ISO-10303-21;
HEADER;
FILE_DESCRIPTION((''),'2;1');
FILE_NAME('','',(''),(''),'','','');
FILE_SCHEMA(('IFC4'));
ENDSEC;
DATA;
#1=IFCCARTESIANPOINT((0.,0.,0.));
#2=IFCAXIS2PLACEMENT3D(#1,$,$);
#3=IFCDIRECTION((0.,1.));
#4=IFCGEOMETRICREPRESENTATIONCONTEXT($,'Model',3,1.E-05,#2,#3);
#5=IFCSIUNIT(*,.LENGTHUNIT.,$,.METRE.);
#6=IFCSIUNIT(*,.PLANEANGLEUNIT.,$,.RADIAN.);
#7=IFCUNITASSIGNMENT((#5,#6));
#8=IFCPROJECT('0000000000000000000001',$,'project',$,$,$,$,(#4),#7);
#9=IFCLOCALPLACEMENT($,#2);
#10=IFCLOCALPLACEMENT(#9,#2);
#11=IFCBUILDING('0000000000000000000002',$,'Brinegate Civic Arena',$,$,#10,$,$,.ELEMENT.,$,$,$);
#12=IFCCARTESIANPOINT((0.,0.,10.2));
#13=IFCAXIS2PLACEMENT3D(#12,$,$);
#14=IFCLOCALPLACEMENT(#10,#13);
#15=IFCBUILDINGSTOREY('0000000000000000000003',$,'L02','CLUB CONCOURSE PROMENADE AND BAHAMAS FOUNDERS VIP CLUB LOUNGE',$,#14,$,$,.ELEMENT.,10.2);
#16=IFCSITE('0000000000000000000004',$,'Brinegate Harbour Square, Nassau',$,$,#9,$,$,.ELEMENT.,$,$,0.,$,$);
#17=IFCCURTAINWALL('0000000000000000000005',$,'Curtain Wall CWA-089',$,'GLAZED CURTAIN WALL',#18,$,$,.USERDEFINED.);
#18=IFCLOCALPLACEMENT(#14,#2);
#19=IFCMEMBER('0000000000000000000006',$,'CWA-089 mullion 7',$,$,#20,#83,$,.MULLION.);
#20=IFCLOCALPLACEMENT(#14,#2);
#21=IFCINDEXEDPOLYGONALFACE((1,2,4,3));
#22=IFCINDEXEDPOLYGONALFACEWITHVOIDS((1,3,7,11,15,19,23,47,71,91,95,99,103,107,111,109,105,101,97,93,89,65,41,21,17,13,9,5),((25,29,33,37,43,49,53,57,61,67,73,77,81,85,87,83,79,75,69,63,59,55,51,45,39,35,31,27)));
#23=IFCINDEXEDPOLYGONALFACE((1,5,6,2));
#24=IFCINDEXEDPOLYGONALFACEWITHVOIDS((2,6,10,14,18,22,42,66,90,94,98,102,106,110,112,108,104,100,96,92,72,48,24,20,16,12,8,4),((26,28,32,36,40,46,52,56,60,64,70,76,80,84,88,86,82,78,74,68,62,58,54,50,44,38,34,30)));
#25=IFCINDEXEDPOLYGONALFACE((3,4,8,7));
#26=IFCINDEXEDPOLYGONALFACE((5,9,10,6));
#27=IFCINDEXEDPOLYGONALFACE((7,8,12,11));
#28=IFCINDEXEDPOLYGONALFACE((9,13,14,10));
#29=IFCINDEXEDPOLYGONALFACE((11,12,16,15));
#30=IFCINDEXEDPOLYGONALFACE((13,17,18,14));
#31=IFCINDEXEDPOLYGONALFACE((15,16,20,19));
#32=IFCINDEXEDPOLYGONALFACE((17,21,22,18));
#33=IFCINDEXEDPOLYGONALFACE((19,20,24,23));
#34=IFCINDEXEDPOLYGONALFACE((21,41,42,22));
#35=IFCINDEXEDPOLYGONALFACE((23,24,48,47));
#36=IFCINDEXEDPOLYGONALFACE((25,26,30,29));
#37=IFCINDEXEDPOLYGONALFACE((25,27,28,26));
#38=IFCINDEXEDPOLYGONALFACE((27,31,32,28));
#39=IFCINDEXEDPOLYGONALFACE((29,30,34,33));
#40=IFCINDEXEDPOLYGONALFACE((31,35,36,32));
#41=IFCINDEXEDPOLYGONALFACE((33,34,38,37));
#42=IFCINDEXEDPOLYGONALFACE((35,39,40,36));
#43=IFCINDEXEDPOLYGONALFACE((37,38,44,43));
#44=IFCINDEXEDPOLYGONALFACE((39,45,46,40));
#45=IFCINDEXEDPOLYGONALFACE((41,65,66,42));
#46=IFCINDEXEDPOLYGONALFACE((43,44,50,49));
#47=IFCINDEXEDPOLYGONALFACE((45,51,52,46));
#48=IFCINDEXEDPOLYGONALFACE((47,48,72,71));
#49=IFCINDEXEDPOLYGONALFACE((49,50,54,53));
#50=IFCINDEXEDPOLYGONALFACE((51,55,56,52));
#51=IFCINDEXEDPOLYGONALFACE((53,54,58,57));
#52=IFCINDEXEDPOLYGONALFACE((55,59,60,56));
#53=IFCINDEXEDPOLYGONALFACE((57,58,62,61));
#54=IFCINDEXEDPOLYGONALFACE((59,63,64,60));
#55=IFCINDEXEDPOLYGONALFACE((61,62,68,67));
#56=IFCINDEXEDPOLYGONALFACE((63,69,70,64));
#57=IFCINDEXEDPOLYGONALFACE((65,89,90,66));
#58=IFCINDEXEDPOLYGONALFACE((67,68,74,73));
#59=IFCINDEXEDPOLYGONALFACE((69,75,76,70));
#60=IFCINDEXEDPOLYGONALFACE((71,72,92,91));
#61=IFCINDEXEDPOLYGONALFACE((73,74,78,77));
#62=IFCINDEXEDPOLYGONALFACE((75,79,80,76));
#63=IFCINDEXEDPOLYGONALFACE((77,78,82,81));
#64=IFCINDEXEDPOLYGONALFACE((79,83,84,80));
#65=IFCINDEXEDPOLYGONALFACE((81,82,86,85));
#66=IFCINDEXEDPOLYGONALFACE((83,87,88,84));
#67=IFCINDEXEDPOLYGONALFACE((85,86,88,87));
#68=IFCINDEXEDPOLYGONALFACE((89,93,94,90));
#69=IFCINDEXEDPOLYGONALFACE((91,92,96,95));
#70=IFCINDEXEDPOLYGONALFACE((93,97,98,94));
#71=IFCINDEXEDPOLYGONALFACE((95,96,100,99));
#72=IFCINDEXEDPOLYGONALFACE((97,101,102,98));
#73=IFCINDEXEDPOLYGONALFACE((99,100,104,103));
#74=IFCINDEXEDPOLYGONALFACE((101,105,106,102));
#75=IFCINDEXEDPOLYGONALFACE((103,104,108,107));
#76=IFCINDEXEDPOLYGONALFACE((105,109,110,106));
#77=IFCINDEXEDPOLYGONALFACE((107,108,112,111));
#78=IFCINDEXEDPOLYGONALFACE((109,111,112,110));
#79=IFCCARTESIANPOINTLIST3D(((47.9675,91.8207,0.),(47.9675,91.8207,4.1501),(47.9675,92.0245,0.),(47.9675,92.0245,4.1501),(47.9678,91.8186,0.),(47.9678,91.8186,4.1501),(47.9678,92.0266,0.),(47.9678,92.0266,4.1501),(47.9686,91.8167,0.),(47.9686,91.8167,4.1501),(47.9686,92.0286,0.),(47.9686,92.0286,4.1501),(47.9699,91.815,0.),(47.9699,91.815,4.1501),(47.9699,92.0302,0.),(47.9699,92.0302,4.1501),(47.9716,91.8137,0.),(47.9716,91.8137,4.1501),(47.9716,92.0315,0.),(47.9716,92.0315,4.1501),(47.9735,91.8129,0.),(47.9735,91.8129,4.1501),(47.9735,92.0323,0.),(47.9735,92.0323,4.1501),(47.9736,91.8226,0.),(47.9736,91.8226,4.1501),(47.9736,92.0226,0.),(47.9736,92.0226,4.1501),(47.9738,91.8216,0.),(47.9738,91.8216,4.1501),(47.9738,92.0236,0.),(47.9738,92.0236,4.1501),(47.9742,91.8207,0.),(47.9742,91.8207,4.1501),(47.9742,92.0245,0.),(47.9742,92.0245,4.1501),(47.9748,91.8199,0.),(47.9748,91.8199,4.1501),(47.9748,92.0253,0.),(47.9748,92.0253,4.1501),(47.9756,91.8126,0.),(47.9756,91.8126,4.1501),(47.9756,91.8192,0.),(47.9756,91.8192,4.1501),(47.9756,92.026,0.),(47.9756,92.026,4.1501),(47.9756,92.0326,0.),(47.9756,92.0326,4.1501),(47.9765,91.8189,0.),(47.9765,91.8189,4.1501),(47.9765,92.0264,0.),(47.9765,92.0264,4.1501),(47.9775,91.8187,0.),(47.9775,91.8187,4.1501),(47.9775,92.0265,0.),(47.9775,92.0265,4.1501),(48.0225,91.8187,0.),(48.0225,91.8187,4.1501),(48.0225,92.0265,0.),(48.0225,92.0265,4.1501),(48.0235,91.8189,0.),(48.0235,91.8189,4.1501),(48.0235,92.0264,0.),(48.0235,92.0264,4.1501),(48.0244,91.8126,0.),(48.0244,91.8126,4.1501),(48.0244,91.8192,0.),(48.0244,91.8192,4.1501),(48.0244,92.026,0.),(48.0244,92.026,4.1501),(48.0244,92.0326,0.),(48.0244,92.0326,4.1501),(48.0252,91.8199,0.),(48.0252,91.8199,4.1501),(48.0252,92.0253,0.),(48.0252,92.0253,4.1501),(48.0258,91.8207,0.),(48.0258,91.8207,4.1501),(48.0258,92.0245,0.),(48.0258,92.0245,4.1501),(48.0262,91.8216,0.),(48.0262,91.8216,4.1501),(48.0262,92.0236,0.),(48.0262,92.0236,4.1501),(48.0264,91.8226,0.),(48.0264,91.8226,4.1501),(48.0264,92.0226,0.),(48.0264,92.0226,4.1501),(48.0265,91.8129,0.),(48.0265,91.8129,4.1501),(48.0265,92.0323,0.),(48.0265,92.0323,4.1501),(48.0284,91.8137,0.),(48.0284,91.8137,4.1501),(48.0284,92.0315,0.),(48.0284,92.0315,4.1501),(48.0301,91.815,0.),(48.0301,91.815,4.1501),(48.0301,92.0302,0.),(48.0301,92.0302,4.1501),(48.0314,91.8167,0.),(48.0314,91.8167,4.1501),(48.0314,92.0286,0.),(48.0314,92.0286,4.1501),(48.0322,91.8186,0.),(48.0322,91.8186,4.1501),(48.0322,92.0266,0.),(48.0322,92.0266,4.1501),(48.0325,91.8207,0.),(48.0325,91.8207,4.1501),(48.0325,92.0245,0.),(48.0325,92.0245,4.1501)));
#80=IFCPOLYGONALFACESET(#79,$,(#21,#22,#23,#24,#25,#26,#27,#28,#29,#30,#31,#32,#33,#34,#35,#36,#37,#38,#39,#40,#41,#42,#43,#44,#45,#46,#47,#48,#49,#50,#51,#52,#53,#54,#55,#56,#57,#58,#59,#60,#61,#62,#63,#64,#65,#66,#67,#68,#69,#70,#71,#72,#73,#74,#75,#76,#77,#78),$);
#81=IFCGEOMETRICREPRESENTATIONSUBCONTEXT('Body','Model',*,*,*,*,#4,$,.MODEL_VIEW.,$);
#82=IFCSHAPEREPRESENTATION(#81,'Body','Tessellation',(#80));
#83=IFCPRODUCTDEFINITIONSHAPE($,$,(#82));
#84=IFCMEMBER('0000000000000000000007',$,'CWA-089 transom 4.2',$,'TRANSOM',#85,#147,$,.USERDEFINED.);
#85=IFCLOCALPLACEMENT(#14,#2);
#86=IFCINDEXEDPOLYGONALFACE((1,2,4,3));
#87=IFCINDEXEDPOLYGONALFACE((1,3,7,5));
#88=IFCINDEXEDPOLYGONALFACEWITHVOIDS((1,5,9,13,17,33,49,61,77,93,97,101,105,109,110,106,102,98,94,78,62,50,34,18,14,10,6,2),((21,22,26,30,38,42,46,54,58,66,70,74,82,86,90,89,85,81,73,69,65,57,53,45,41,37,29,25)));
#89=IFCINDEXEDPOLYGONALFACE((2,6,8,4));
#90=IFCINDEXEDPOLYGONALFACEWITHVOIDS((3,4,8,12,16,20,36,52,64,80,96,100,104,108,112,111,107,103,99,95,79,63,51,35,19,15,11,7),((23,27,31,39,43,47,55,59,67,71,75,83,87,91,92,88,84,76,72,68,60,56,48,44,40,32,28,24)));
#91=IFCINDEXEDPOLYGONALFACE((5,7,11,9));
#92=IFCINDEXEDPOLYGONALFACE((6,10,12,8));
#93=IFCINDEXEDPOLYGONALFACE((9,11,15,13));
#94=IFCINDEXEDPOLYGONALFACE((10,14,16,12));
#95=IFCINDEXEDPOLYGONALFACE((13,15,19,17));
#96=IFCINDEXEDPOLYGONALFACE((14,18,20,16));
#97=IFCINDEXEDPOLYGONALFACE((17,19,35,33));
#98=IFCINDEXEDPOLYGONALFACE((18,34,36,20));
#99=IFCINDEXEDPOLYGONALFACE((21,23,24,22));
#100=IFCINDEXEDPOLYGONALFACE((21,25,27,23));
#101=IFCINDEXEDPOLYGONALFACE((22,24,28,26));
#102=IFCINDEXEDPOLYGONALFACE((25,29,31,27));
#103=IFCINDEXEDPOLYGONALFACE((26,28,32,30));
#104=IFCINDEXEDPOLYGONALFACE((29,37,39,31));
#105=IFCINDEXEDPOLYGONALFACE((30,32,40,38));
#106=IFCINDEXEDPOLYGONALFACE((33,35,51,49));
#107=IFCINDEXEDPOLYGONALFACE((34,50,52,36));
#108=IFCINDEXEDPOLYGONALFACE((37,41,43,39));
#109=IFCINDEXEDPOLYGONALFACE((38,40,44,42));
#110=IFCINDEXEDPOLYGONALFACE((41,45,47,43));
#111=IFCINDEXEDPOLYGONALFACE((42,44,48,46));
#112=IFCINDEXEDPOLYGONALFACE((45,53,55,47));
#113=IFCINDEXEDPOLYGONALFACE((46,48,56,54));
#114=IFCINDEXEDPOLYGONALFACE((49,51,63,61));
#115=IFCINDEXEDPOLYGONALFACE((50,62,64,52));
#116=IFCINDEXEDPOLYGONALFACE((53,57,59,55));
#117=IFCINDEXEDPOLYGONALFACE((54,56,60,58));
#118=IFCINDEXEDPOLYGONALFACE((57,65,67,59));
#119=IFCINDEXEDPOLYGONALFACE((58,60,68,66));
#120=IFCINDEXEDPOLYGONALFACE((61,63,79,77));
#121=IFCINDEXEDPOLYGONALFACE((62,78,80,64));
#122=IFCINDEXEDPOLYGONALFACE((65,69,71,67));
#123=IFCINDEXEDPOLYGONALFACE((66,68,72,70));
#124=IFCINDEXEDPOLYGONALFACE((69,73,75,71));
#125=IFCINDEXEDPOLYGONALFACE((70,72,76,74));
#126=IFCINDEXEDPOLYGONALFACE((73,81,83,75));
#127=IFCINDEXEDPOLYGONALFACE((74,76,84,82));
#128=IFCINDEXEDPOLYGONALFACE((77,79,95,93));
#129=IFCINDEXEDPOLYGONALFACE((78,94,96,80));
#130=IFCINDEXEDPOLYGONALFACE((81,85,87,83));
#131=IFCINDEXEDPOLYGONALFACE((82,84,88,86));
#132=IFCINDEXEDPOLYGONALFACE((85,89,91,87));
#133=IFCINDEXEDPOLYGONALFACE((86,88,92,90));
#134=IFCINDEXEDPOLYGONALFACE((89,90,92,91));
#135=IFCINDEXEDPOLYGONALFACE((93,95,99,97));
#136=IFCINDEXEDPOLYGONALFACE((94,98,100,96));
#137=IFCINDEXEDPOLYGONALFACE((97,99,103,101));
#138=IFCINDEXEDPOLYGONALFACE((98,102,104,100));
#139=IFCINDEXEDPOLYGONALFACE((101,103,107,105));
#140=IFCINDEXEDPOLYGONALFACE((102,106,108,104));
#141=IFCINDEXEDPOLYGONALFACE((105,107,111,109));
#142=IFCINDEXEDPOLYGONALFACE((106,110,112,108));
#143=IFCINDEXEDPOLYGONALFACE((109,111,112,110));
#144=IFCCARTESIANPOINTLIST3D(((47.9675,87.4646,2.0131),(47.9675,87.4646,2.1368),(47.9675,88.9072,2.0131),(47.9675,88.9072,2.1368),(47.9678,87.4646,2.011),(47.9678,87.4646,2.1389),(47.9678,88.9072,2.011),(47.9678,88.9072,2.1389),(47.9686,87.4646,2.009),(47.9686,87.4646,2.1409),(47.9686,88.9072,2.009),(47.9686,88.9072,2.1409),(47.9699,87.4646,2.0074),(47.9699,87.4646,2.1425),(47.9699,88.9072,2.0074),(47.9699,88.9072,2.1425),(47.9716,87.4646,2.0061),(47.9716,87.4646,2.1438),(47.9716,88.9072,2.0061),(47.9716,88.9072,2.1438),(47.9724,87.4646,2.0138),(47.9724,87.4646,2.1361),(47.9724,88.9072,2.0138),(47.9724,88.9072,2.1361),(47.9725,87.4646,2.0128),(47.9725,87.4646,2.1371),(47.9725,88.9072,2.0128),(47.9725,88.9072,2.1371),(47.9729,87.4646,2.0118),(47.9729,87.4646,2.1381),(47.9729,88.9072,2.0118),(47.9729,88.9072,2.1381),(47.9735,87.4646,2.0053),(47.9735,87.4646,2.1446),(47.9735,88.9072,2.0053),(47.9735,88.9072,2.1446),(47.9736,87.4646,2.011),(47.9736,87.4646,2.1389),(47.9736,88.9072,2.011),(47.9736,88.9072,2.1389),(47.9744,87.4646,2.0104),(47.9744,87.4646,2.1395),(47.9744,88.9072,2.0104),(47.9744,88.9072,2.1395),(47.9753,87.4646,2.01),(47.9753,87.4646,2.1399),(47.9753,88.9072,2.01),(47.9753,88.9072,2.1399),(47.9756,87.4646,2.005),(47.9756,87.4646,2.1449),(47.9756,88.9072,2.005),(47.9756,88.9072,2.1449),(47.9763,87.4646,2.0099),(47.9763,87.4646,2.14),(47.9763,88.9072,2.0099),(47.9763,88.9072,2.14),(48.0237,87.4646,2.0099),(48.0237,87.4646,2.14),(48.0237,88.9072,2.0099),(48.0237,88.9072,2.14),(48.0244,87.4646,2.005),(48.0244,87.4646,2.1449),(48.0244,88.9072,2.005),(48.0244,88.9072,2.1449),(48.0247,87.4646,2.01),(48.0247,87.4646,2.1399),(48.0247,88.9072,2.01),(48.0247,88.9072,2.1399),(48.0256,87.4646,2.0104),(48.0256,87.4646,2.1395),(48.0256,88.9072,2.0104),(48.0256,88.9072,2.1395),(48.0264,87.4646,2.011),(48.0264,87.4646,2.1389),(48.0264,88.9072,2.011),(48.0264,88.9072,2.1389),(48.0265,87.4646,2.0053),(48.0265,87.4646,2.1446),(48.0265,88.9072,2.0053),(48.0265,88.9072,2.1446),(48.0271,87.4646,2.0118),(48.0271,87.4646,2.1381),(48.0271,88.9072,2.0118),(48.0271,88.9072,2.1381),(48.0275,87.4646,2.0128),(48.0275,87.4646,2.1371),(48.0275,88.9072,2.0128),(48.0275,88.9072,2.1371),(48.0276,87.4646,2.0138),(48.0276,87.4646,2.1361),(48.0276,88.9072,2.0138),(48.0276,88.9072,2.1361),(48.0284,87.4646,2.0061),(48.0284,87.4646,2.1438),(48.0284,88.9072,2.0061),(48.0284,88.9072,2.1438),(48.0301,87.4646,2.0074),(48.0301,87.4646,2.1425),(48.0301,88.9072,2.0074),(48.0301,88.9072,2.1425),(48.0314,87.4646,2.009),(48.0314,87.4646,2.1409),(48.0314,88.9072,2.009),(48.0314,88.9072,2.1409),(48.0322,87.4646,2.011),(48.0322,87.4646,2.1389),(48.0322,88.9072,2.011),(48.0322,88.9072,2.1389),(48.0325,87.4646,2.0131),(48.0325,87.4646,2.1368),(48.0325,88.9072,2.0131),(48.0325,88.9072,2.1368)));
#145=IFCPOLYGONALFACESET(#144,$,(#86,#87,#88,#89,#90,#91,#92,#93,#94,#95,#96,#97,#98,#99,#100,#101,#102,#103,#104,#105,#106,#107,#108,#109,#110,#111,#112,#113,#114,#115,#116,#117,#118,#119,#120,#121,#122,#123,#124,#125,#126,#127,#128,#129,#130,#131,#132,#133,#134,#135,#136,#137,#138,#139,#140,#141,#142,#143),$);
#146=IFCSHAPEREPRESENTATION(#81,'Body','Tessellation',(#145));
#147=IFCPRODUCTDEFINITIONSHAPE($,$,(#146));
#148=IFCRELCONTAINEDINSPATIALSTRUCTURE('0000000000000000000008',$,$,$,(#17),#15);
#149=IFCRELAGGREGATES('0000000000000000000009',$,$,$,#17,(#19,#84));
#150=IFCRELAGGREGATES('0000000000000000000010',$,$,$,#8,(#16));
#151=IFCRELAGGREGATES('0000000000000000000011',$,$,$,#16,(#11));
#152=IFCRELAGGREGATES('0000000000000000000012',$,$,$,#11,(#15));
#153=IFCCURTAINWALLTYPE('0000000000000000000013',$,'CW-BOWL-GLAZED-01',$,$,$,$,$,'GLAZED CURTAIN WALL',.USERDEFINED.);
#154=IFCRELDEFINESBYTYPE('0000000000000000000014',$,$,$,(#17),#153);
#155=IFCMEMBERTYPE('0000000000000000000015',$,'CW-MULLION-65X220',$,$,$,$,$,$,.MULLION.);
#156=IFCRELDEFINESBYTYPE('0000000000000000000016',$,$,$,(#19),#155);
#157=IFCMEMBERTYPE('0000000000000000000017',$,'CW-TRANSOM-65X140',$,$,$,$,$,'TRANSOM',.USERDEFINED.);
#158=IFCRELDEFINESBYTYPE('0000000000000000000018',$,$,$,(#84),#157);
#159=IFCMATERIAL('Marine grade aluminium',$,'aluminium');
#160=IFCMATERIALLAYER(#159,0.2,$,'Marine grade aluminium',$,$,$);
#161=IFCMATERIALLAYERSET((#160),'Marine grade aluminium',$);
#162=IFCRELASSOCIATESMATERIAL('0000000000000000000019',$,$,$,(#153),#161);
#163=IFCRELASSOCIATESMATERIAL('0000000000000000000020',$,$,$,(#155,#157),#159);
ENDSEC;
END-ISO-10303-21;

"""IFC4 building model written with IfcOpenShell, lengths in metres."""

from ifc_helpers import new_model, si_unit, direction, frame, origin, origin_2d, place, context, subcontext, project, spatial, hollow_rectangle, extrude, material, layer, layer_set, material_profile, profile_set, type_object, element, aggregate, save


model = new_model("IFC4")

# Units and contexts
model_context = context("Model", 3, precision=1e-05, world=origin(), true_north=direction((0.0, 1.0)))
body_context = subcontext(model_context, "Body", "Model", "MODEL_VIEW")
ifc_project = project(units=[si_unit("LENGTHUNIT", "METRE"), si_unit("PLANEANGLEUNIT", "RADIAN")], contexts=[model_context])

# Site, building, storey
site_placement = place(None, origin())
site = spatial("IfcSite", under=ifc_project, at=site_placement, Name="Brinegate Harbour Square, Nassau", CompositionType="ELEMENT", RefElevation=0.0)
building_placement = place(site_placement, origin())
building = spatial("IfcBuilding", under=site, at=building_placement, Name="Brinegate Civic Arena", CompositionType="ELEMENT")
storey_placement = place(building_placement, frame((0.0, 0.0, 10.2)))
storey = spatial("IfcBuildingStorey", under=building, at=storey_placement, Name="L02", Description="CLUB CONCOURSE PROMENADE AND BAHAMAS FOUNDERS VIP CLUB LOUNGE", CompositionType="ELEMENT", Elevation=10.2)

# Curtain wall, members
ifc_material_1 = material(Name="Marine grade aluminium", Category="aluminium")
ifc_layer_1 = layer(ifc_material_1, 0.2, Name="Marine grade aluminium")
ifc_layer_set_1 = layer_set([ifc_layer_1], Name="Marine grade aluminium")
curtain_wall_type = type_object("IfcCurtainWallType", Name="CW-BOWL-GLAZED-01", ElementType="GLAZED CURTAIN WALL", PredefinedType="USERDEFINED", material=ifc_layer_set_1)
curtain_wall_placement = place(storey_placement, origin())
curtain_wall = element("IfcCurtainWall", 1, at=curtain_wall_placement, inside=storey, type_object=curtain_wall_type, Name="Curtain Wall CWA-089", ObjectType="GLAZED CURTAIN WALL", PredefinedType="USERDEFINED")
ifc_material_profile_1 = material_profile(ifc_material_1, hollow_rectangle(XDim=0.0649, YDim=0.22, WallThickness=0.0061, InnerFilletRadius=0.0039, OuterFilletRadius=0.0081, at=origin_2d()), Name="MUL65X220")
ifc_profile_set_1 = profile_set([ifc_material_profile_1], Name="Marine grade aluminium")
member_type_1 = type_object("IfcMemberType", Name="CW-MULLION-65X220", PredefinedType="MULLION", material=ifc_profile_set_1)
member_1_placement = place(storey_placement, frame((48.0, 91.9226, 0.0), z_axis=(0.0, 0.0, 1.0), x_axis=(-1.0, 0.0, 0.0)))
member_1 = element("IfcMember", 2, at=member_1_placement, type_object=member_type_1, Name="CWA-089 mullion 7", PredefinedType="MULLION", context=body_context, shape_type="SweptSolid", body=[
    extrude(hollow_rectangle(XDim=0.0649, YDim=0.22, WallThickness=0.0061, InnerFilletRadius=0.0039, OuterFilletRadius=0.0081, at=origin_2d()), origin(), (0.0, 0.0, 1.0), 4.1501),
])
ifc_material_profile_2 = material_profile(ifc_material_1, hollow_rectangle(XDim=0.0649, YDim=0.1399, WallThickness=0.0049, InnerFilletRadius=0.0039, OuterFilletRadius=0.0081, at=origin_2d()), Name="TRN65X140")
ifc_profile_set_2 = profile_set([ifc_material_profile_2], Name="Marine grade aluminium")
member_type_2 = type_object("IfcMemberType", Name="CW-TRANSOM-65X140", ElementType="TRANSOM", PredefinedType="USERDEFINED", material=ifc_profile_set_2)
member_2_placement = place(storey_placement, frame((48.0, 87.4646, 2.075), z_axis=(0.0, 1.0, 0.0), x_axis=(-1.0, 0.0, 0.0)))
member_2 = element("IfcMember", 3, at=member_2_placement, type_object=member_type_2, Name="CWA-089 transom 4.2", ObjectType="TRANSOM", PredefinedType="USERDEFINED", context=body_context, shape_type="SweptSolid", body=[
    extrude(hollow_rectangle(XDim=0.0649, YDim=0.1399, WallThickness=0.0049, InnerFilletRadius=0.0039, OuterFilletRadius=0.0081, at=origin_2d()), origin(), (0.0, 0.0, 1.0), 1.4426),
])

aggregate(curtain_wall, [member_1, member_2])

save(model, "model.ifc")
